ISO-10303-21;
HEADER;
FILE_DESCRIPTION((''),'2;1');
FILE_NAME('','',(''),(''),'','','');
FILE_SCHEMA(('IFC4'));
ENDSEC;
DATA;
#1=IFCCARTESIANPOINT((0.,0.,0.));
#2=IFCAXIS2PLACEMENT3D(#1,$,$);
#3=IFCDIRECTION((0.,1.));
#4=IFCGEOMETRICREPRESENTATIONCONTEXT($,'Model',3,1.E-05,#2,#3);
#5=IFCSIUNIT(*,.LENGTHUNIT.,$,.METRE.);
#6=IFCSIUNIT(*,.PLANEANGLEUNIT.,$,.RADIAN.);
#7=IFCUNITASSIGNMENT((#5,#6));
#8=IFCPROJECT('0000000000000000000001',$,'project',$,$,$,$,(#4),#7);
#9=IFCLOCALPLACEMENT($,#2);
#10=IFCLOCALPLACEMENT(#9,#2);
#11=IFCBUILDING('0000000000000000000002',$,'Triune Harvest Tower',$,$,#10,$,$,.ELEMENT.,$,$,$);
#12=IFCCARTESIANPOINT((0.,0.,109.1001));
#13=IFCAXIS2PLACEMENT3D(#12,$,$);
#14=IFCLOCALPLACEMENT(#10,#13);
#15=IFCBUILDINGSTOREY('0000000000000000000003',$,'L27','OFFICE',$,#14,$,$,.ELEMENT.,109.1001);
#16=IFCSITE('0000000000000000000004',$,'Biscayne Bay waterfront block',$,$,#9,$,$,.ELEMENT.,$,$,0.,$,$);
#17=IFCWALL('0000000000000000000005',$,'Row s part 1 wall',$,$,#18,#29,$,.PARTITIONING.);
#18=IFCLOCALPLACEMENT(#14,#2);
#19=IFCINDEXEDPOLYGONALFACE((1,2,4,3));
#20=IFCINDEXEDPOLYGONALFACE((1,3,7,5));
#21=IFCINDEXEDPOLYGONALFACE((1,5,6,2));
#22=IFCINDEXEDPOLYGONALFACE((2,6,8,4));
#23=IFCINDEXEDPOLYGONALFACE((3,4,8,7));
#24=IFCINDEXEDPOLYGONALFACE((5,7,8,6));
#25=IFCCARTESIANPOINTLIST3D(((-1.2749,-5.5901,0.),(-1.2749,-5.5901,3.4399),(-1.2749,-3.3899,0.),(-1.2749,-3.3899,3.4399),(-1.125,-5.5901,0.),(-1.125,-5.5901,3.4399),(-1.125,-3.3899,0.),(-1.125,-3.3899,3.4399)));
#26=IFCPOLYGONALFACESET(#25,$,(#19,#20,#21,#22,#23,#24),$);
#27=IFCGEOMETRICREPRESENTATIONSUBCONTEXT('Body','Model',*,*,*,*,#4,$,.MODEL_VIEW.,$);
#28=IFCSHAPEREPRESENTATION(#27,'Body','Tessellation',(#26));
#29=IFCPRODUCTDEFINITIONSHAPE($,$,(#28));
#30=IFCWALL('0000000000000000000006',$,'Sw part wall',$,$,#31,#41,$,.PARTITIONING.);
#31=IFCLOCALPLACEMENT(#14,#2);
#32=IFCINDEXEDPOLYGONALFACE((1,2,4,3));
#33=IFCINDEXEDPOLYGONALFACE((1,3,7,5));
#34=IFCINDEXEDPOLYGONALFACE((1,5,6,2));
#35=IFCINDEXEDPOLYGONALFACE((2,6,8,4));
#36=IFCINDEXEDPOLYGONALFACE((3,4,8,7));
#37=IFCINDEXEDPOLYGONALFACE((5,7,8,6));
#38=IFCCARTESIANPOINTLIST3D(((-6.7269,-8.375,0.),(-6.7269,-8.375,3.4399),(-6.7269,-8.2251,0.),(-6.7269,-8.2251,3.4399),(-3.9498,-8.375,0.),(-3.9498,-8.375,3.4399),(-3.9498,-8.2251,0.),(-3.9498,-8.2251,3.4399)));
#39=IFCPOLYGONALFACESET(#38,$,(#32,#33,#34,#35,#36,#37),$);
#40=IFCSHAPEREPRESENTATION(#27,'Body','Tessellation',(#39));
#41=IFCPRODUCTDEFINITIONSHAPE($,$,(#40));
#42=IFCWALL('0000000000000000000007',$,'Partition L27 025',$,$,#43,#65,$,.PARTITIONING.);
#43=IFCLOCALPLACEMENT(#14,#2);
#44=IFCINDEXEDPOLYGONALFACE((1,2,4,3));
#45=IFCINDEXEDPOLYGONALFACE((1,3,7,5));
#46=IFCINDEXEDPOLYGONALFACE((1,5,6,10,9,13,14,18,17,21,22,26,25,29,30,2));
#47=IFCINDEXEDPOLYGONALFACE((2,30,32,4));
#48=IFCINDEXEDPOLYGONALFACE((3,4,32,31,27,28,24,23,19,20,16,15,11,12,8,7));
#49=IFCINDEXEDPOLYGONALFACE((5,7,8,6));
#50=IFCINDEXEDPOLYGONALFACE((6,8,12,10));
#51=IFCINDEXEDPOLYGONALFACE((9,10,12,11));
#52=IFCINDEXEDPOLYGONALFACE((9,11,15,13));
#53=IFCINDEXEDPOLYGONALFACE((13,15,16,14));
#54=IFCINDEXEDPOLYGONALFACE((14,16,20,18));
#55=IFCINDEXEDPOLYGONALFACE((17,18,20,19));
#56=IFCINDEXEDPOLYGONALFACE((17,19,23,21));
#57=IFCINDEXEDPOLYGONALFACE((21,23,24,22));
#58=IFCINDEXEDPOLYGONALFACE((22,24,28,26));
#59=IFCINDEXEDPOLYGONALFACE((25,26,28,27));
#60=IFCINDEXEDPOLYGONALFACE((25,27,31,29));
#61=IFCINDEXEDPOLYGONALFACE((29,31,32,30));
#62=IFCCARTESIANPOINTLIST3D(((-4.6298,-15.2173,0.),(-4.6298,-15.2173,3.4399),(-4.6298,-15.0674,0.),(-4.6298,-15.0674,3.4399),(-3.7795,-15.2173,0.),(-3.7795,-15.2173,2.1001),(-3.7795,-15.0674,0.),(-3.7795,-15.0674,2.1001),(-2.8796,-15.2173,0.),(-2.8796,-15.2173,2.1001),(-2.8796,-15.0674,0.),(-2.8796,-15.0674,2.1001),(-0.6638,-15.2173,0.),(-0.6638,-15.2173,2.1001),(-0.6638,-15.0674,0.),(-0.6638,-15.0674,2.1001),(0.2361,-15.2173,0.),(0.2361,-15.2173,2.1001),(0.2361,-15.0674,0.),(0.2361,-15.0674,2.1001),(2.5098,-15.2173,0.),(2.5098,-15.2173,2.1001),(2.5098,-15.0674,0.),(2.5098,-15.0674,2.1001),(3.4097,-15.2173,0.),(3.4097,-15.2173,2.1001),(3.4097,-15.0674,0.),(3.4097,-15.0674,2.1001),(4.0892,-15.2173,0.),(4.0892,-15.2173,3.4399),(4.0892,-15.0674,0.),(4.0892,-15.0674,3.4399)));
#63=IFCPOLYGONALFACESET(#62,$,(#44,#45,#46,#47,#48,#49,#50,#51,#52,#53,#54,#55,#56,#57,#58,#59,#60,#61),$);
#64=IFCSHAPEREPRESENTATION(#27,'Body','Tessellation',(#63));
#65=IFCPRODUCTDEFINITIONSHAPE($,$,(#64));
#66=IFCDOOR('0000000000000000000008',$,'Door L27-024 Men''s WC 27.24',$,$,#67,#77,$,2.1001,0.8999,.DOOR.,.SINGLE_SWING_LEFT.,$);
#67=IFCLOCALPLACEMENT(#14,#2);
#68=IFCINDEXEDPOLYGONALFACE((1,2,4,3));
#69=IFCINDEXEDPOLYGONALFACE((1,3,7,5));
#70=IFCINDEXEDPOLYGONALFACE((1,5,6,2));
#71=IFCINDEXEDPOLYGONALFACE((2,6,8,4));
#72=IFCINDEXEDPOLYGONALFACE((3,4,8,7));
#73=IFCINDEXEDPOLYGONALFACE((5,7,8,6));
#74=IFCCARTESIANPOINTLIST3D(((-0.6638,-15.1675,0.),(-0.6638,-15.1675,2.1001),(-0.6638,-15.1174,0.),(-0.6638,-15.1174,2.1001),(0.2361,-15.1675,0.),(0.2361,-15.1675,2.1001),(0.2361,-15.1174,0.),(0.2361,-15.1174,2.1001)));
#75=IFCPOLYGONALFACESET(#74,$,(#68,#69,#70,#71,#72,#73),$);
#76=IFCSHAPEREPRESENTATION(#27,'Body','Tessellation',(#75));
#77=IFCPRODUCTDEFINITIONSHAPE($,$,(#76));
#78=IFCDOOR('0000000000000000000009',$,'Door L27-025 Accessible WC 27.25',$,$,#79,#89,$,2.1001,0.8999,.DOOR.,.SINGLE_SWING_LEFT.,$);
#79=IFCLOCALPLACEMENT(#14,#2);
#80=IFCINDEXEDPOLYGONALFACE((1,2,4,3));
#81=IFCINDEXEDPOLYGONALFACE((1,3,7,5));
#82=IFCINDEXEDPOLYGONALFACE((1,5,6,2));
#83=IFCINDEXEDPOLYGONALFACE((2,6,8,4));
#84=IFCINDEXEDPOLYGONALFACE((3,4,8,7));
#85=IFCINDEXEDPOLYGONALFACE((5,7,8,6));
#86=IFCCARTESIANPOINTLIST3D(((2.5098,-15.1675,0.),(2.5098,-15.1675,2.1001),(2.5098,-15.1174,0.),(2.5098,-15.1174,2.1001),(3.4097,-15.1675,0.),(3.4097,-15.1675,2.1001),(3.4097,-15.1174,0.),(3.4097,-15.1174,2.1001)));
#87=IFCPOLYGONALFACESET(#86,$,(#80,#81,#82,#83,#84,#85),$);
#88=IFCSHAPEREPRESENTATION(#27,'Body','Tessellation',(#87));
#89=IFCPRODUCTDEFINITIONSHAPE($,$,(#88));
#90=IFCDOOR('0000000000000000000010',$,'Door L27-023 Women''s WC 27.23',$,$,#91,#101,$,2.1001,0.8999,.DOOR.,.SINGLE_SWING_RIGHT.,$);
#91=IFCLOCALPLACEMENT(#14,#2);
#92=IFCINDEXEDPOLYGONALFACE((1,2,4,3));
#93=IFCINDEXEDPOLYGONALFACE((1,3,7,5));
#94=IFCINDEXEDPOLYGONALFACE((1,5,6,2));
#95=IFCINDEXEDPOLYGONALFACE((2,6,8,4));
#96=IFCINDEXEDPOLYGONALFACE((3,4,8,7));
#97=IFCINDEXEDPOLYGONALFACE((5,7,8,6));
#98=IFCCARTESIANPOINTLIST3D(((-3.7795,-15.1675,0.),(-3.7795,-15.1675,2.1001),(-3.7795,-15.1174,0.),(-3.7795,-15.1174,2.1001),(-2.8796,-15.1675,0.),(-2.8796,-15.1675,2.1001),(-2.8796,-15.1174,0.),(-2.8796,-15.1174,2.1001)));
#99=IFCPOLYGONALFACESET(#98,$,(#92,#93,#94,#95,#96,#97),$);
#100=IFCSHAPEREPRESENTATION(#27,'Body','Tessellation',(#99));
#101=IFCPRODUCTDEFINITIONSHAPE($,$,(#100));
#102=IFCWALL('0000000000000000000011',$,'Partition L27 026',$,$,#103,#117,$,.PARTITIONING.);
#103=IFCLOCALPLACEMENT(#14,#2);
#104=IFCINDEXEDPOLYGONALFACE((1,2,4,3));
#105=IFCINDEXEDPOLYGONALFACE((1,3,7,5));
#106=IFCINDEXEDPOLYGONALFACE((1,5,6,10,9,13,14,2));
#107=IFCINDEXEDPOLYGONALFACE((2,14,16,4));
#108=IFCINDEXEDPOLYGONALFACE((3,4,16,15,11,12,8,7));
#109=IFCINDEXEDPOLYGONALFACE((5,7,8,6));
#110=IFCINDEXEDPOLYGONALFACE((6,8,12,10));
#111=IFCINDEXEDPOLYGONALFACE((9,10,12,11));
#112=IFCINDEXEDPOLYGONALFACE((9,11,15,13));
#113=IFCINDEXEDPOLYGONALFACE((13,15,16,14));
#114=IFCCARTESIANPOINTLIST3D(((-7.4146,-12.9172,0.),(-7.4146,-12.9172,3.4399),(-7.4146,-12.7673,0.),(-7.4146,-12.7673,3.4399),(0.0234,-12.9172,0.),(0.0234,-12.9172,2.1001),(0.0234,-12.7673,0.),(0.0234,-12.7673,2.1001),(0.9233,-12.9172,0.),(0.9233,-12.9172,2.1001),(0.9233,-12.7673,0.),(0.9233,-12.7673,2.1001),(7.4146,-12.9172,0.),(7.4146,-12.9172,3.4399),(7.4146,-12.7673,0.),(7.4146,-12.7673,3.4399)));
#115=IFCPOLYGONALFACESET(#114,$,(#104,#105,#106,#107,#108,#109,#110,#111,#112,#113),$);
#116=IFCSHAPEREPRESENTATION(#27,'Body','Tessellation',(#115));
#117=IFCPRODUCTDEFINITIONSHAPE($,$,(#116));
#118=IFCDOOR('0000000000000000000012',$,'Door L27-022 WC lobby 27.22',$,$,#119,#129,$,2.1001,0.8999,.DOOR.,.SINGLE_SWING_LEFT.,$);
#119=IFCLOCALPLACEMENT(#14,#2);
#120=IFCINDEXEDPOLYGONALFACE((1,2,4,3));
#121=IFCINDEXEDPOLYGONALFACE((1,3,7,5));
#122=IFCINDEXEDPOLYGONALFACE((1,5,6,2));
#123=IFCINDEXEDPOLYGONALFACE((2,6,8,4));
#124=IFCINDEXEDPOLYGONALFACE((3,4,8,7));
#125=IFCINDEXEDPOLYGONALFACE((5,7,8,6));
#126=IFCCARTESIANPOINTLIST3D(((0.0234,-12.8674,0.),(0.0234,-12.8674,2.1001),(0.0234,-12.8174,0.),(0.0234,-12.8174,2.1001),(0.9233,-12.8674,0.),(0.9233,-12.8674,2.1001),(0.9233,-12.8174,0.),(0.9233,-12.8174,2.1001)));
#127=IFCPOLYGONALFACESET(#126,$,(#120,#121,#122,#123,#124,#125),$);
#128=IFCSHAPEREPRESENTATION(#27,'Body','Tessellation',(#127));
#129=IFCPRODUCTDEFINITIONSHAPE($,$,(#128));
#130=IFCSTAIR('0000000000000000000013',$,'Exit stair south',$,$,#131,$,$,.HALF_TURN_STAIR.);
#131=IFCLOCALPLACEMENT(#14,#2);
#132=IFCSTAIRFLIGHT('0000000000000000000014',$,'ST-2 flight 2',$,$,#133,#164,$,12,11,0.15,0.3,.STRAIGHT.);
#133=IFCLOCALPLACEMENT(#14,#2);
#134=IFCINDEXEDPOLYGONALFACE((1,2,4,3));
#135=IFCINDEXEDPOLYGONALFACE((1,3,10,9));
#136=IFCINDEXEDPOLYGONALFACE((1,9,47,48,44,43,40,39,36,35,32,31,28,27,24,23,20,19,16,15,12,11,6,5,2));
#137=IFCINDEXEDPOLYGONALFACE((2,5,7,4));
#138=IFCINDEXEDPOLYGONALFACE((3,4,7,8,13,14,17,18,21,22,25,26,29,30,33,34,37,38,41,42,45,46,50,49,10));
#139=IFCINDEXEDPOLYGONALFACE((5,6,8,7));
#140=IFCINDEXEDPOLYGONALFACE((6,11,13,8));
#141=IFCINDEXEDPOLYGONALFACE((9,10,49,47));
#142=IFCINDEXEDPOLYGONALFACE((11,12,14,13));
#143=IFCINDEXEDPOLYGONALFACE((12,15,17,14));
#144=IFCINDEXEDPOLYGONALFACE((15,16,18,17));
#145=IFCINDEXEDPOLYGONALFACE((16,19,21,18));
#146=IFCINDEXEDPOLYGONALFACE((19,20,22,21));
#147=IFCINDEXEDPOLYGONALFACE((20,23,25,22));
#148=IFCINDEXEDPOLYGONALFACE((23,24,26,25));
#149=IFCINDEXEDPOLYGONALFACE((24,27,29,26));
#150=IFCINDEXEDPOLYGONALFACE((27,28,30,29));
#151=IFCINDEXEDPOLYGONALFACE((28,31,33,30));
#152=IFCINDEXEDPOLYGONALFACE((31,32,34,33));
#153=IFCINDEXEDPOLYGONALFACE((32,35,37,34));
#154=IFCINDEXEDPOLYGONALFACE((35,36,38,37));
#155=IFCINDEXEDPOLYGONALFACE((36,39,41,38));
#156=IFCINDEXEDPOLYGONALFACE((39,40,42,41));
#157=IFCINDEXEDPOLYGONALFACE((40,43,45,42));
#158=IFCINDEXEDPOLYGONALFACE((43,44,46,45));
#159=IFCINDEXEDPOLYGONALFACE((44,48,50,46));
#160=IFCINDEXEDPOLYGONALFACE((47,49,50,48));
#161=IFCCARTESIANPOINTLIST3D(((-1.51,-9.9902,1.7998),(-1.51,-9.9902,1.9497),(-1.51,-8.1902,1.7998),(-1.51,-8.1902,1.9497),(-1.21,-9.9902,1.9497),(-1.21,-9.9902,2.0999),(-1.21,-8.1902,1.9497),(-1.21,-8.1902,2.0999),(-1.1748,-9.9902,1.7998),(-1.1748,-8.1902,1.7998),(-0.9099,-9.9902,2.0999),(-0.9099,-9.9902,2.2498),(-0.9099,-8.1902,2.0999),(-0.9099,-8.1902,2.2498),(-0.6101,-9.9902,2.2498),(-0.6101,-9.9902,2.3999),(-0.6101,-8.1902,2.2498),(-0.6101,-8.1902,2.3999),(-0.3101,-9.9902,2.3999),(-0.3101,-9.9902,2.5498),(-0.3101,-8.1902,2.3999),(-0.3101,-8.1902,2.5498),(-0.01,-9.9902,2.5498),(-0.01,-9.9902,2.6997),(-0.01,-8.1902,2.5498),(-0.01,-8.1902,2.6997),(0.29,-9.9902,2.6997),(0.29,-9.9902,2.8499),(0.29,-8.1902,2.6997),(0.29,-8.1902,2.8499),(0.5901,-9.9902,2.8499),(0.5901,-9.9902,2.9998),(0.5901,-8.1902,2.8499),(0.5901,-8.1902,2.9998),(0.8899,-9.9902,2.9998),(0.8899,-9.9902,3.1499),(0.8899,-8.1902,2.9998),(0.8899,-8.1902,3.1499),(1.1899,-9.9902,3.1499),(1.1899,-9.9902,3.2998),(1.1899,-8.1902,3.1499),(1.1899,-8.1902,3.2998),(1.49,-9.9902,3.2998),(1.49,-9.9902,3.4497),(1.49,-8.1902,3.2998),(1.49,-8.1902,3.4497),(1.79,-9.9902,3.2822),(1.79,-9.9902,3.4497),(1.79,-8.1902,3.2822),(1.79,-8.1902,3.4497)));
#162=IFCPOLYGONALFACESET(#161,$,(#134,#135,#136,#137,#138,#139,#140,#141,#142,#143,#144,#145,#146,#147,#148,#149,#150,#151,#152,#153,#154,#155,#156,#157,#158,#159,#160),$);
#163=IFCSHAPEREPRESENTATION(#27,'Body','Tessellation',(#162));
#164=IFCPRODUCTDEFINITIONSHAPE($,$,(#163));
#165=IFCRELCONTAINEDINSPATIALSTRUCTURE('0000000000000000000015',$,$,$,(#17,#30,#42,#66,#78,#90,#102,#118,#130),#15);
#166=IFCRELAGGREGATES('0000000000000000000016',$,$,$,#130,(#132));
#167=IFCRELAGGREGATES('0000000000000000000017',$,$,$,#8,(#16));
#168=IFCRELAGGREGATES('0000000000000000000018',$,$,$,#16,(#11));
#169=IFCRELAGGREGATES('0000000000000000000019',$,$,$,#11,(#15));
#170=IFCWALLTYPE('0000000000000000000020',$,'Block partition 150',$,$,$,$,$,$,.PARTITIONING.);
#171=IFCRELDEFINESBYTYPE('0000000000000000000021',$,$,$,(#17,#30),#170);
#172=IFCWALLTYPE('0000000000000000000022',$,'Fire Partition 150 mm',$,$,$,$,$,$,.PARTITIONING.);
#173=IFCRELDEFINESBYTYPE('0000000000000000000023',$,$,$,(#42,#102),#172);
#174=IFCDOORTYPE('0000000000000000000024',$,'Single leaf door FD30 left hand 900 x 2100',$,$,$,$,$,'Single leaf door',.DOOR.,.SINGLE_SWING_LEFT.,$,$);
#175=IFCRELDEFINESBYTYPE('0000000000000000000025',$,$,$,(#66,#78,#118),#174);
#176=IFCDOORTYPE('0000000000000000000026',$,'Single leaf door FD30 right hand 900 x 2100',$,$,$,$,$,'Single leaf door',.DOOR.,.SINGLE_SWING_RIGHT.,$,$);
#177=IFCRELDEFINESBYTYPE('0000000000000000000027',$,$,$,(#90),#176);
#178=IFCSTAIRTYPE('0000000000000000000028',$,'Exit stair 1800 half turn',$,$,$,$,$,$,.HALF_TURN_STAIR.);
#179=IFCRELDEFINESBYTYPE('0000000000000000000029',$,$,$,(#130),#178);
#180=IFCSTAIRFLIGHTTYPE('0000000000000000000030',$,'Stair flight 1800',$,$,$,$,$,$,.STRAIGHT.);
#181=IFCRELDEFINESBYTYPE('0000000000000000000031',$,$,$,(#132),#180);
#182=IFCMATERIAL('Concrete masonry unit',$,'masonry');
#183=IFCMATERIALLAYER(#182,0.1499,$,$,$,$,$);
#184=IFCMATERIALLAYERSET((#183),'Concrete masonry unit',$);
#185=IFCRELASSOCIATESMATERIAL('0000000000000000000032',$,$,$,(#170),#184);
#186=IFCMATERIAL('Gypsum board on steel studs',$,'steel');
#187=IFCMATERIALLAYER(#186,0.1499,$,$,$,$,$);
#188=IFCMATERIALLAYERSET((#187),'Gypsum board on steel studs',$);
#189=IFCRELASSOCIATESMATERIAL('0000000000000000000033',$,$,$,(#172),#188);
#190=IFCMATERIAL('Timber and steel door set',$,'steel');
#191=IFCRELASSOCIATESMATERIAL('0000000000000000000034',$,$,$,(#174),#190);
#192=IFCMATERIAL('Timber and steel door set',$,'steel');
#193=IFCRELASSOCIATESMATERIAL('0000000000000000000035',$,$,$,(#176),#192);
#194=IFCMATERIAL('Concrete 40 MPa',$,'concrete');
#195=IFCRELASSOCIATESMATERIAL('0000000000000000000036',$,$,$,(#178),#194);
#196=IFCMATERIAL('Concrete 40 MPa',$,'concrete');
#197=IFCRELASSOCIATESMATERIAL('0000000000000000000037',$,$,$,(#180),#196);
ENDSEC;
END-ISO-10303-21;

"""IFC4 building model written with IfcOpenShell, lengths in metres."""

from ifc_helpers import new_model, si_unit, direction, frame, frame_2d, origin, place, context, subcontext, project, spatial, polyline, rectangle, outline, extrude, source, transform, mapped, material, layer, layer_set, type_object, element, fill, aggregate, save


model = new_model("IFC4")

# Units and contexts
model_context = context("Model", 3, precision=1e-05, world=origin(), true_north=direction((0.0, 1.0)))
body_context = subcontext(model_context, "Body", "Model", "MODEL_VIEW")
ifc_project = project(units=[si_unit("LENGTHUNIT", "METRE"), si_unit("PLANEANGLEUNIT", "RADIAN")], contexts=[model_context])

# Site, building, storey
site_placement = place(None, origin())
site = spatial("IfcSite", under=ifc_project, at=site_placement, Name="Biscayne Bay waterfront block", CompositionType="ELEMENT", RefElevation=0.0)
building_placement = place(site_placement, origin())
building = spatial("IfcBuilding", under=site, at=building_placement, Name="Triune Harvest Tower", CompositionType="ELEMENT")
storey_placement = place(building_placement, frame((0.0, 0.0, 109.1001)))
storey = spatial("IfcBuildingStorey", under=building, at=storey_placement, Name="L27", Description="OFFICE", CompositionType="ELEMENT", Elevation=109.1001)

# Walls
ifc_material_1 = material(Name="Concrete masonry unit", Category="masonry")
ifc_layer_1 = layer(ifc_material_1, 0.1499)
ifc_layer_set_1 = layer_set([ifc_layer_1], Name="Concrete masonry unit")
wall_type_1 = type_object("IfcWallType", Name="Block partition 150", PredefinedType="PARTITIONING", material=ifc_layer_set_1)
shared_shape_1 = source(origin(), body_context, "Body", "SweptSolid", [
    extrude(rectangle(XDim=2.2002, YDim=0.1499, at=frame_2d((1.1001, 0.0))), origin(), (0.0, 0.0, 1.0), 3.4399),
])
wall_1_placement = place(storey_placement, frame((-1.2, -5.5901, 0.0), z_axis=(0.0, 0.0, 1.0), x_axis=(0.0, 1.0, 0.0)))
element("IfcWall", 1, at=wall_1_placement, inside=storey, type_object=wall_type_1, Name="Row s part 1 wall", PredefinedType="PARTITIONING", context=body_context, shape_type="MappedRepresentation", body=[
    mapped(shared_shape_1, transform((0.0, 0.0, 0.0), scale=1.0)),
])
shared_shape_2 = source(origin(), body_context, "Body", "SweptSolid", [
    extrude(rectangle(XDim=2.7771, YDim=0.1499, at=frame_2d((1.3887, 0.0))), origin(), (0.0, 0.0, 1.0), 3.4399),
])
wall_2_placement = place(storey_placement, frame((-6.7271, -8.3, 0.0), z_axis=(0.0, 0.0, 1.0), x_axis=(1.0, 0.0, 0.0)))
element("IfcWall", 2, at=wall_2_placement, inside=storey, type_object=wall_type_1, Name="Sw part wall", PredefinedType="PARTITIONING", context=body_context, shape_type="MappedRepresentation", body=[
    mapped(shared_shape_2, transform((0.0, 0.0, 0.0), scale=1.0)),
])

# Wall, openings, doors
ifc_material_2 = material(Name="Gypsum board on steel studs", Category="steel")
ifc_layer_2 = layer(ifc_material_2, 0.1499)
ifc_layer_set_2 = layer_set([ifc_layer_2], Name="Gypsum board on steel studs")
wall_type_2 = type_object("IfcWallType", Name="Fire Partition 150 mm", PredefinedType="PARTITIONING", material=ifc_layer_set_2)
shared_shape_3 = source(origin(), body_context, "Body", "SweptSolid", [
    extrude(rectangle(XDim=8.719, YDim=0.1499, at=frame_2d((4.3594, 0.0))), origin(), (0.0, 0.0, 1.0), 3.4399),
])
wall_3_placement = place(storey_placement, frame((-4.6296, -15.1423, 0.0), z_axis=(0.0, 0.0, 1.0), x_axis=(1.0, 0.0, 0.0)))
wall_3 = element("IfcWall", 3, at=wall_3_placement, inside=storey, type_object=wall_type_2, Name="Partition L27 025", PredefinedType="PARTITIONING", context=body_context, shape_type="MappedRepresentation", body=[
    mapped(shared_shape_3, transform((0.0, 0.0, 0.0), scale=1.0)),
])
opening_1_placement = place(wall_3_placement, frame((0.8501, 0.0, 0.0)))
opening_1 = element("IfcOpeningElement", 4, at=opening_1_placement, cuts=wall_3, PredefinedType="OPENING", context=body_context, shape_type="SweptSolid", body=[
    extrude(rectangle(XDim=0.8999, YDim=2.1001, at=frame_2d((0.45, 1.05))), frame((0.0, 0.085, 0.0), z_axis=(0.0, -1.0, 0.0), x_axis=(1.0, 0.0, 0.0)), (0.0, 0.0, 1.0), 0.1699),
])
opening_2_placement = place(wall_3_placement, frame((3.9658, 0.0, 0.0)))
opening_2 = element("IfcOpeningElement", 5, at=opening_2_placement, cuts=wall_3, PredefinedType="OPENING", context=body_context, shape_type="SweptSolid", body=[
    extrude(rectangle(XDim=0.8999, YDim=2.1001, at=frame_2d((0.45, 1.05))), frame((0.0, 0.085, 0.0), z_axis=(0.0, -1.0, 0.0), x_axis=(1.0, 0.0, 0.0)), (0.0, 0.0, 1.0), 0.1699),
])
opening_3_placement = place(wall_3_placement, frame((7.1394, 0.0, 0.0)))
opening_3 = element("IfcOpeningElement", 6, at=opening_3_placement, cuts=wall_3, PredefinedType="OPENING", context=body_context, shape_type="SweptSolid", body=[
    extrude(rectangle(XDim=0.8999, YDim=2.1001, at=frame_2d((0.45, 1.05))), frame((0.0, 0.085, 0.0), z_axis=(0.0, -1.0, 0.0), x_axis=(1.0, 0.0, 0.0)), (0.0, 0.0, 1.0), 0.1699),
])
ifc_material_3 = material(Name="Timber and steel door set", Category="steel")
door_type_1 = type_object("IfcDoorType", Name="Single leaf door FD30 left hand 900 x 2100", ElementType="Single leaf door", OperationType="SINGLE_SWING_LEFT", PredefinedType="DOOR", material=ifc_material_3)
door_1_placement = place(opening_2_placement, origin())
door_1 = element("IfcDoor", 7, at=door_1_placement, inside=storey, type_object=door_type_1, Name="Door L27-024 Men's WC 27.24", OperationType="SINGLE_SWING_LEFT", OverallHeight=2.1001, OverallWidth=0.8999, PredefinedType="DOOR", context=body_context, shape_type="SweptSolid", body=[
    extrude(rectangle(XDim=0.8999, YDim=2.1001, at=frame_2d((0.45, 1.05))), frame((0.0, 0.0249, 0.0), z_axis=(0.0, -1.0, 0.0), x_axis=(1.0, 0.0, 0.0)), (0.0, 0.0, 1.0), 0.05),
])
fill(opening_2, door_1)
door_2_placement = place(opening_3_placement, origin())
door_2 = element("IfcDoor", 8, at=door_2_placement, inside=storey, type_object=door_type_1, Name="Door L27-025 Accessible WC 27.25", OperationType="SINGLE_SWING_LEFT", OverallHeight=2.1001, OverallWidth=0.8999, PredefinedType="DOOR", context=body_context, shape_type="SweptSolid", body=[
    extrude(rectangle(XDim=0.8999, YDim=2.1001, at=frame_2d((0.45, 1.05))), frame((0.0, 0.0249, 0.0), z_axis=(0.0, -1.0, 0.0), x_axis=(1.0, 0.0, 0.0)), (0.0, 0.0, 1.0), 0.05),
])
fill(opening_3, door_2)
ifc_material_4 = material(Name="Timber and steel door set", Category="steel")
door_type_2 = type_object("IfcDoorType", Name="Single leaf door FD30 right hand 900 x 2100", ElementType="Single leaf door", OperationType="SINGLE_SWING_RIGHT", PredefinedType="DOOR", material=ifc_material_4)
door_3_placement = place(opening_1_placement, origin())
door_3 = element("IfcDoor", 9, at=door_3_placement, inside=storey, type_object=door_type_2, Name="Door L27-023 Women's WC 27.23", OperationType="SINGLE_SWING_RIGHT", OverallHeight=2.1001, OverallWidth=0.8999, PredefinedType="DOOR", context=body_context, shape_type="SweptSolid", body=[
    extrude(rectangle(XDim=0.8999, YDim=2.1001, at=frame_2d((0.45, 1.05))), frame((0.0, 0.0249, 0.0), z_axis=(0.0, -1.0, 0.0), x_axis=(1.0, 0.0, 0.0)), (0.0, 0.0, 1.0), 0.05),
])
fill(opening_1, door_3)

# Wall, opening, door
shared_shape_4 = source(origin(), body_context, "Body", "SweptSolid", [
    extrude(rectangle(XDim=14.8291, YDim=0.1499, at=frame_2d((7.4146, 0.0))), origin(), (0.0, 0.0, 1.0), 3.4399),
])
wall_4_placement = place(storey_placement, frame((-7.4146, -12.8423, 0.0), z_axis=(0.0, 0.0, 1.0), x_axis=(1.0, 0.0, 0.0)))
wall_4 = element("IfcWall", 10, at=wall_4_placement, inside=storey, type_object=wall_type_2, Name="Partition L27 026", PredefinedType="PARTITIONING", context=body_context, shape_type="MappedRepresentation", body=[
    mapped(shared_shape_4, transform((0.0, 0.0, 0.0), scale=1.0)),
])
opening_4_placement = place(wall_4_placement, frame((7.438, 0.0, 0.0)))
opening_4 = element("IfcOpeningElement", 11, at=opening_4_placement, cuts=wall_4, PredefinedType="OPENING", context=body_context, shape_type="SweptSolid", body=[
    extrude(rectangle(XDim=0.8999, YDim=2.1001, at=frame_2d((0.45, 1.05))), frame((0.0, 0.085, 0.0), z_axis=(0.0, -1.0, 0.0), x_axis=(1.0, 0.0, 0.0)), (0.0, 0.0, 1.0), 0.1699),
])
door_4_placement = place(opening_4_placement, origin())
door_4 = element("IfcDoor", 12, at=door_4_placement, inside=storey, type_object=door_type_1, Name="Door L27-022 WC lobby 27.22", OperationType="SINGLE_SWING_LEFT", OverallHeight=2.1001, OverallWidth=0.8999, PredefinedType="DOOR", context=body_context, shape_type="SweptSolid", body=[
    extrude(rectangle(XDim=0.8999, YDim=2.1001, at=frame_2d((0.45, 1.05))), frame((0.0, 0.0249, 0.0), z_axis=(0.0, -1.0, 0.0), x_axis=(1.0, 0.0, 0.0)), (0.0, 0.0, 1.0), 0.05),
])
fill(opening_4, door_4)

# Stair, stair flight
ifc_material_5 = material(Name="Concrete 40 MPa", Category="concrete")
stair_type = type_object("IfcStairType", Name="Exit stair 1800 half turn", PredefinedType="HALF_TURN_STAIR", material=ifc_material_5)
stair_placement = place(storey_placement, origin())
stair = element("IfcStair", 13, at=stair_placement, inside=storey, type_object=stair_type, Name="Exit stair south", PredefinedType="HALF_TURN_STAIR")
ifc_material_6 = material(Name="Concrete 40 MPa", Category="concrete")
stair_flight_type = type_object("IfcStairFlightType", Name="Stair flight 1800", PredefinedType="STRAIGHT", material=ifc_material_6)
shared_shape_5 = source(origin(), body_context, "Body", "SweptSolid", [
    extrude(outline(polyline([(0.0, 0.0), (0.0, 0.1499), (0.3, 0.1499), (0.3, 0.3), (0.6001, 0.3), (0.6001, 0.45), (0.8999, 0.45), (0.8999, 0.6001), (1.2, 0.6001), (1.2, 0.75), (1.5, 0.75), (1.5, 0.8999), (1.8, 0.8999), (1.8, 1.05), (2.1001, 1.05), (2.1001, 1.2), (2.3999, 1.2), (2.3999, 1.3501), (2.7, 1.3501), (2.7, 1.5), (3.0, 1.5), (3.0, 1.6499), (3.3, 1.6499), (3.3, 1.8), (3.3, 1.4824), (0.3352, 0.0), (0.0, 0.0)])), frame((0.0, 0.8999, 0.0), z_axis=(0.0, -1.0, 0.0), x_axis=(1.0, 0.0, 0.0)), (0.0, 0.0, 1.0), 1.8),
])
stair_flight_placement = place(storey_placement, frame((-1.51, -9.0901, 1.7998), z_axis=(0.0, 0.0, 1.0), x_axis=(1.0, 0.0, 0.0)))
stair_flight = element("IfcStairFlight", 14, at=stair_flight_placement, type_object=stair_flight_type, Name="ST-2 flight 2", NumberOfRisers=12, NumberOfTreads=11, PredefinedType="STRAIGHT", RiserHeight=0.15, TreadLength=0.3, context=body_context, shape_type="MappedRepresentation", body=[
    mapped(shared_shape_5, transform((0.0, 0.0, 0.0), scale=1.0)),
])
aggregate(stair, [stair_flight])

save(model, "model.ifc")
